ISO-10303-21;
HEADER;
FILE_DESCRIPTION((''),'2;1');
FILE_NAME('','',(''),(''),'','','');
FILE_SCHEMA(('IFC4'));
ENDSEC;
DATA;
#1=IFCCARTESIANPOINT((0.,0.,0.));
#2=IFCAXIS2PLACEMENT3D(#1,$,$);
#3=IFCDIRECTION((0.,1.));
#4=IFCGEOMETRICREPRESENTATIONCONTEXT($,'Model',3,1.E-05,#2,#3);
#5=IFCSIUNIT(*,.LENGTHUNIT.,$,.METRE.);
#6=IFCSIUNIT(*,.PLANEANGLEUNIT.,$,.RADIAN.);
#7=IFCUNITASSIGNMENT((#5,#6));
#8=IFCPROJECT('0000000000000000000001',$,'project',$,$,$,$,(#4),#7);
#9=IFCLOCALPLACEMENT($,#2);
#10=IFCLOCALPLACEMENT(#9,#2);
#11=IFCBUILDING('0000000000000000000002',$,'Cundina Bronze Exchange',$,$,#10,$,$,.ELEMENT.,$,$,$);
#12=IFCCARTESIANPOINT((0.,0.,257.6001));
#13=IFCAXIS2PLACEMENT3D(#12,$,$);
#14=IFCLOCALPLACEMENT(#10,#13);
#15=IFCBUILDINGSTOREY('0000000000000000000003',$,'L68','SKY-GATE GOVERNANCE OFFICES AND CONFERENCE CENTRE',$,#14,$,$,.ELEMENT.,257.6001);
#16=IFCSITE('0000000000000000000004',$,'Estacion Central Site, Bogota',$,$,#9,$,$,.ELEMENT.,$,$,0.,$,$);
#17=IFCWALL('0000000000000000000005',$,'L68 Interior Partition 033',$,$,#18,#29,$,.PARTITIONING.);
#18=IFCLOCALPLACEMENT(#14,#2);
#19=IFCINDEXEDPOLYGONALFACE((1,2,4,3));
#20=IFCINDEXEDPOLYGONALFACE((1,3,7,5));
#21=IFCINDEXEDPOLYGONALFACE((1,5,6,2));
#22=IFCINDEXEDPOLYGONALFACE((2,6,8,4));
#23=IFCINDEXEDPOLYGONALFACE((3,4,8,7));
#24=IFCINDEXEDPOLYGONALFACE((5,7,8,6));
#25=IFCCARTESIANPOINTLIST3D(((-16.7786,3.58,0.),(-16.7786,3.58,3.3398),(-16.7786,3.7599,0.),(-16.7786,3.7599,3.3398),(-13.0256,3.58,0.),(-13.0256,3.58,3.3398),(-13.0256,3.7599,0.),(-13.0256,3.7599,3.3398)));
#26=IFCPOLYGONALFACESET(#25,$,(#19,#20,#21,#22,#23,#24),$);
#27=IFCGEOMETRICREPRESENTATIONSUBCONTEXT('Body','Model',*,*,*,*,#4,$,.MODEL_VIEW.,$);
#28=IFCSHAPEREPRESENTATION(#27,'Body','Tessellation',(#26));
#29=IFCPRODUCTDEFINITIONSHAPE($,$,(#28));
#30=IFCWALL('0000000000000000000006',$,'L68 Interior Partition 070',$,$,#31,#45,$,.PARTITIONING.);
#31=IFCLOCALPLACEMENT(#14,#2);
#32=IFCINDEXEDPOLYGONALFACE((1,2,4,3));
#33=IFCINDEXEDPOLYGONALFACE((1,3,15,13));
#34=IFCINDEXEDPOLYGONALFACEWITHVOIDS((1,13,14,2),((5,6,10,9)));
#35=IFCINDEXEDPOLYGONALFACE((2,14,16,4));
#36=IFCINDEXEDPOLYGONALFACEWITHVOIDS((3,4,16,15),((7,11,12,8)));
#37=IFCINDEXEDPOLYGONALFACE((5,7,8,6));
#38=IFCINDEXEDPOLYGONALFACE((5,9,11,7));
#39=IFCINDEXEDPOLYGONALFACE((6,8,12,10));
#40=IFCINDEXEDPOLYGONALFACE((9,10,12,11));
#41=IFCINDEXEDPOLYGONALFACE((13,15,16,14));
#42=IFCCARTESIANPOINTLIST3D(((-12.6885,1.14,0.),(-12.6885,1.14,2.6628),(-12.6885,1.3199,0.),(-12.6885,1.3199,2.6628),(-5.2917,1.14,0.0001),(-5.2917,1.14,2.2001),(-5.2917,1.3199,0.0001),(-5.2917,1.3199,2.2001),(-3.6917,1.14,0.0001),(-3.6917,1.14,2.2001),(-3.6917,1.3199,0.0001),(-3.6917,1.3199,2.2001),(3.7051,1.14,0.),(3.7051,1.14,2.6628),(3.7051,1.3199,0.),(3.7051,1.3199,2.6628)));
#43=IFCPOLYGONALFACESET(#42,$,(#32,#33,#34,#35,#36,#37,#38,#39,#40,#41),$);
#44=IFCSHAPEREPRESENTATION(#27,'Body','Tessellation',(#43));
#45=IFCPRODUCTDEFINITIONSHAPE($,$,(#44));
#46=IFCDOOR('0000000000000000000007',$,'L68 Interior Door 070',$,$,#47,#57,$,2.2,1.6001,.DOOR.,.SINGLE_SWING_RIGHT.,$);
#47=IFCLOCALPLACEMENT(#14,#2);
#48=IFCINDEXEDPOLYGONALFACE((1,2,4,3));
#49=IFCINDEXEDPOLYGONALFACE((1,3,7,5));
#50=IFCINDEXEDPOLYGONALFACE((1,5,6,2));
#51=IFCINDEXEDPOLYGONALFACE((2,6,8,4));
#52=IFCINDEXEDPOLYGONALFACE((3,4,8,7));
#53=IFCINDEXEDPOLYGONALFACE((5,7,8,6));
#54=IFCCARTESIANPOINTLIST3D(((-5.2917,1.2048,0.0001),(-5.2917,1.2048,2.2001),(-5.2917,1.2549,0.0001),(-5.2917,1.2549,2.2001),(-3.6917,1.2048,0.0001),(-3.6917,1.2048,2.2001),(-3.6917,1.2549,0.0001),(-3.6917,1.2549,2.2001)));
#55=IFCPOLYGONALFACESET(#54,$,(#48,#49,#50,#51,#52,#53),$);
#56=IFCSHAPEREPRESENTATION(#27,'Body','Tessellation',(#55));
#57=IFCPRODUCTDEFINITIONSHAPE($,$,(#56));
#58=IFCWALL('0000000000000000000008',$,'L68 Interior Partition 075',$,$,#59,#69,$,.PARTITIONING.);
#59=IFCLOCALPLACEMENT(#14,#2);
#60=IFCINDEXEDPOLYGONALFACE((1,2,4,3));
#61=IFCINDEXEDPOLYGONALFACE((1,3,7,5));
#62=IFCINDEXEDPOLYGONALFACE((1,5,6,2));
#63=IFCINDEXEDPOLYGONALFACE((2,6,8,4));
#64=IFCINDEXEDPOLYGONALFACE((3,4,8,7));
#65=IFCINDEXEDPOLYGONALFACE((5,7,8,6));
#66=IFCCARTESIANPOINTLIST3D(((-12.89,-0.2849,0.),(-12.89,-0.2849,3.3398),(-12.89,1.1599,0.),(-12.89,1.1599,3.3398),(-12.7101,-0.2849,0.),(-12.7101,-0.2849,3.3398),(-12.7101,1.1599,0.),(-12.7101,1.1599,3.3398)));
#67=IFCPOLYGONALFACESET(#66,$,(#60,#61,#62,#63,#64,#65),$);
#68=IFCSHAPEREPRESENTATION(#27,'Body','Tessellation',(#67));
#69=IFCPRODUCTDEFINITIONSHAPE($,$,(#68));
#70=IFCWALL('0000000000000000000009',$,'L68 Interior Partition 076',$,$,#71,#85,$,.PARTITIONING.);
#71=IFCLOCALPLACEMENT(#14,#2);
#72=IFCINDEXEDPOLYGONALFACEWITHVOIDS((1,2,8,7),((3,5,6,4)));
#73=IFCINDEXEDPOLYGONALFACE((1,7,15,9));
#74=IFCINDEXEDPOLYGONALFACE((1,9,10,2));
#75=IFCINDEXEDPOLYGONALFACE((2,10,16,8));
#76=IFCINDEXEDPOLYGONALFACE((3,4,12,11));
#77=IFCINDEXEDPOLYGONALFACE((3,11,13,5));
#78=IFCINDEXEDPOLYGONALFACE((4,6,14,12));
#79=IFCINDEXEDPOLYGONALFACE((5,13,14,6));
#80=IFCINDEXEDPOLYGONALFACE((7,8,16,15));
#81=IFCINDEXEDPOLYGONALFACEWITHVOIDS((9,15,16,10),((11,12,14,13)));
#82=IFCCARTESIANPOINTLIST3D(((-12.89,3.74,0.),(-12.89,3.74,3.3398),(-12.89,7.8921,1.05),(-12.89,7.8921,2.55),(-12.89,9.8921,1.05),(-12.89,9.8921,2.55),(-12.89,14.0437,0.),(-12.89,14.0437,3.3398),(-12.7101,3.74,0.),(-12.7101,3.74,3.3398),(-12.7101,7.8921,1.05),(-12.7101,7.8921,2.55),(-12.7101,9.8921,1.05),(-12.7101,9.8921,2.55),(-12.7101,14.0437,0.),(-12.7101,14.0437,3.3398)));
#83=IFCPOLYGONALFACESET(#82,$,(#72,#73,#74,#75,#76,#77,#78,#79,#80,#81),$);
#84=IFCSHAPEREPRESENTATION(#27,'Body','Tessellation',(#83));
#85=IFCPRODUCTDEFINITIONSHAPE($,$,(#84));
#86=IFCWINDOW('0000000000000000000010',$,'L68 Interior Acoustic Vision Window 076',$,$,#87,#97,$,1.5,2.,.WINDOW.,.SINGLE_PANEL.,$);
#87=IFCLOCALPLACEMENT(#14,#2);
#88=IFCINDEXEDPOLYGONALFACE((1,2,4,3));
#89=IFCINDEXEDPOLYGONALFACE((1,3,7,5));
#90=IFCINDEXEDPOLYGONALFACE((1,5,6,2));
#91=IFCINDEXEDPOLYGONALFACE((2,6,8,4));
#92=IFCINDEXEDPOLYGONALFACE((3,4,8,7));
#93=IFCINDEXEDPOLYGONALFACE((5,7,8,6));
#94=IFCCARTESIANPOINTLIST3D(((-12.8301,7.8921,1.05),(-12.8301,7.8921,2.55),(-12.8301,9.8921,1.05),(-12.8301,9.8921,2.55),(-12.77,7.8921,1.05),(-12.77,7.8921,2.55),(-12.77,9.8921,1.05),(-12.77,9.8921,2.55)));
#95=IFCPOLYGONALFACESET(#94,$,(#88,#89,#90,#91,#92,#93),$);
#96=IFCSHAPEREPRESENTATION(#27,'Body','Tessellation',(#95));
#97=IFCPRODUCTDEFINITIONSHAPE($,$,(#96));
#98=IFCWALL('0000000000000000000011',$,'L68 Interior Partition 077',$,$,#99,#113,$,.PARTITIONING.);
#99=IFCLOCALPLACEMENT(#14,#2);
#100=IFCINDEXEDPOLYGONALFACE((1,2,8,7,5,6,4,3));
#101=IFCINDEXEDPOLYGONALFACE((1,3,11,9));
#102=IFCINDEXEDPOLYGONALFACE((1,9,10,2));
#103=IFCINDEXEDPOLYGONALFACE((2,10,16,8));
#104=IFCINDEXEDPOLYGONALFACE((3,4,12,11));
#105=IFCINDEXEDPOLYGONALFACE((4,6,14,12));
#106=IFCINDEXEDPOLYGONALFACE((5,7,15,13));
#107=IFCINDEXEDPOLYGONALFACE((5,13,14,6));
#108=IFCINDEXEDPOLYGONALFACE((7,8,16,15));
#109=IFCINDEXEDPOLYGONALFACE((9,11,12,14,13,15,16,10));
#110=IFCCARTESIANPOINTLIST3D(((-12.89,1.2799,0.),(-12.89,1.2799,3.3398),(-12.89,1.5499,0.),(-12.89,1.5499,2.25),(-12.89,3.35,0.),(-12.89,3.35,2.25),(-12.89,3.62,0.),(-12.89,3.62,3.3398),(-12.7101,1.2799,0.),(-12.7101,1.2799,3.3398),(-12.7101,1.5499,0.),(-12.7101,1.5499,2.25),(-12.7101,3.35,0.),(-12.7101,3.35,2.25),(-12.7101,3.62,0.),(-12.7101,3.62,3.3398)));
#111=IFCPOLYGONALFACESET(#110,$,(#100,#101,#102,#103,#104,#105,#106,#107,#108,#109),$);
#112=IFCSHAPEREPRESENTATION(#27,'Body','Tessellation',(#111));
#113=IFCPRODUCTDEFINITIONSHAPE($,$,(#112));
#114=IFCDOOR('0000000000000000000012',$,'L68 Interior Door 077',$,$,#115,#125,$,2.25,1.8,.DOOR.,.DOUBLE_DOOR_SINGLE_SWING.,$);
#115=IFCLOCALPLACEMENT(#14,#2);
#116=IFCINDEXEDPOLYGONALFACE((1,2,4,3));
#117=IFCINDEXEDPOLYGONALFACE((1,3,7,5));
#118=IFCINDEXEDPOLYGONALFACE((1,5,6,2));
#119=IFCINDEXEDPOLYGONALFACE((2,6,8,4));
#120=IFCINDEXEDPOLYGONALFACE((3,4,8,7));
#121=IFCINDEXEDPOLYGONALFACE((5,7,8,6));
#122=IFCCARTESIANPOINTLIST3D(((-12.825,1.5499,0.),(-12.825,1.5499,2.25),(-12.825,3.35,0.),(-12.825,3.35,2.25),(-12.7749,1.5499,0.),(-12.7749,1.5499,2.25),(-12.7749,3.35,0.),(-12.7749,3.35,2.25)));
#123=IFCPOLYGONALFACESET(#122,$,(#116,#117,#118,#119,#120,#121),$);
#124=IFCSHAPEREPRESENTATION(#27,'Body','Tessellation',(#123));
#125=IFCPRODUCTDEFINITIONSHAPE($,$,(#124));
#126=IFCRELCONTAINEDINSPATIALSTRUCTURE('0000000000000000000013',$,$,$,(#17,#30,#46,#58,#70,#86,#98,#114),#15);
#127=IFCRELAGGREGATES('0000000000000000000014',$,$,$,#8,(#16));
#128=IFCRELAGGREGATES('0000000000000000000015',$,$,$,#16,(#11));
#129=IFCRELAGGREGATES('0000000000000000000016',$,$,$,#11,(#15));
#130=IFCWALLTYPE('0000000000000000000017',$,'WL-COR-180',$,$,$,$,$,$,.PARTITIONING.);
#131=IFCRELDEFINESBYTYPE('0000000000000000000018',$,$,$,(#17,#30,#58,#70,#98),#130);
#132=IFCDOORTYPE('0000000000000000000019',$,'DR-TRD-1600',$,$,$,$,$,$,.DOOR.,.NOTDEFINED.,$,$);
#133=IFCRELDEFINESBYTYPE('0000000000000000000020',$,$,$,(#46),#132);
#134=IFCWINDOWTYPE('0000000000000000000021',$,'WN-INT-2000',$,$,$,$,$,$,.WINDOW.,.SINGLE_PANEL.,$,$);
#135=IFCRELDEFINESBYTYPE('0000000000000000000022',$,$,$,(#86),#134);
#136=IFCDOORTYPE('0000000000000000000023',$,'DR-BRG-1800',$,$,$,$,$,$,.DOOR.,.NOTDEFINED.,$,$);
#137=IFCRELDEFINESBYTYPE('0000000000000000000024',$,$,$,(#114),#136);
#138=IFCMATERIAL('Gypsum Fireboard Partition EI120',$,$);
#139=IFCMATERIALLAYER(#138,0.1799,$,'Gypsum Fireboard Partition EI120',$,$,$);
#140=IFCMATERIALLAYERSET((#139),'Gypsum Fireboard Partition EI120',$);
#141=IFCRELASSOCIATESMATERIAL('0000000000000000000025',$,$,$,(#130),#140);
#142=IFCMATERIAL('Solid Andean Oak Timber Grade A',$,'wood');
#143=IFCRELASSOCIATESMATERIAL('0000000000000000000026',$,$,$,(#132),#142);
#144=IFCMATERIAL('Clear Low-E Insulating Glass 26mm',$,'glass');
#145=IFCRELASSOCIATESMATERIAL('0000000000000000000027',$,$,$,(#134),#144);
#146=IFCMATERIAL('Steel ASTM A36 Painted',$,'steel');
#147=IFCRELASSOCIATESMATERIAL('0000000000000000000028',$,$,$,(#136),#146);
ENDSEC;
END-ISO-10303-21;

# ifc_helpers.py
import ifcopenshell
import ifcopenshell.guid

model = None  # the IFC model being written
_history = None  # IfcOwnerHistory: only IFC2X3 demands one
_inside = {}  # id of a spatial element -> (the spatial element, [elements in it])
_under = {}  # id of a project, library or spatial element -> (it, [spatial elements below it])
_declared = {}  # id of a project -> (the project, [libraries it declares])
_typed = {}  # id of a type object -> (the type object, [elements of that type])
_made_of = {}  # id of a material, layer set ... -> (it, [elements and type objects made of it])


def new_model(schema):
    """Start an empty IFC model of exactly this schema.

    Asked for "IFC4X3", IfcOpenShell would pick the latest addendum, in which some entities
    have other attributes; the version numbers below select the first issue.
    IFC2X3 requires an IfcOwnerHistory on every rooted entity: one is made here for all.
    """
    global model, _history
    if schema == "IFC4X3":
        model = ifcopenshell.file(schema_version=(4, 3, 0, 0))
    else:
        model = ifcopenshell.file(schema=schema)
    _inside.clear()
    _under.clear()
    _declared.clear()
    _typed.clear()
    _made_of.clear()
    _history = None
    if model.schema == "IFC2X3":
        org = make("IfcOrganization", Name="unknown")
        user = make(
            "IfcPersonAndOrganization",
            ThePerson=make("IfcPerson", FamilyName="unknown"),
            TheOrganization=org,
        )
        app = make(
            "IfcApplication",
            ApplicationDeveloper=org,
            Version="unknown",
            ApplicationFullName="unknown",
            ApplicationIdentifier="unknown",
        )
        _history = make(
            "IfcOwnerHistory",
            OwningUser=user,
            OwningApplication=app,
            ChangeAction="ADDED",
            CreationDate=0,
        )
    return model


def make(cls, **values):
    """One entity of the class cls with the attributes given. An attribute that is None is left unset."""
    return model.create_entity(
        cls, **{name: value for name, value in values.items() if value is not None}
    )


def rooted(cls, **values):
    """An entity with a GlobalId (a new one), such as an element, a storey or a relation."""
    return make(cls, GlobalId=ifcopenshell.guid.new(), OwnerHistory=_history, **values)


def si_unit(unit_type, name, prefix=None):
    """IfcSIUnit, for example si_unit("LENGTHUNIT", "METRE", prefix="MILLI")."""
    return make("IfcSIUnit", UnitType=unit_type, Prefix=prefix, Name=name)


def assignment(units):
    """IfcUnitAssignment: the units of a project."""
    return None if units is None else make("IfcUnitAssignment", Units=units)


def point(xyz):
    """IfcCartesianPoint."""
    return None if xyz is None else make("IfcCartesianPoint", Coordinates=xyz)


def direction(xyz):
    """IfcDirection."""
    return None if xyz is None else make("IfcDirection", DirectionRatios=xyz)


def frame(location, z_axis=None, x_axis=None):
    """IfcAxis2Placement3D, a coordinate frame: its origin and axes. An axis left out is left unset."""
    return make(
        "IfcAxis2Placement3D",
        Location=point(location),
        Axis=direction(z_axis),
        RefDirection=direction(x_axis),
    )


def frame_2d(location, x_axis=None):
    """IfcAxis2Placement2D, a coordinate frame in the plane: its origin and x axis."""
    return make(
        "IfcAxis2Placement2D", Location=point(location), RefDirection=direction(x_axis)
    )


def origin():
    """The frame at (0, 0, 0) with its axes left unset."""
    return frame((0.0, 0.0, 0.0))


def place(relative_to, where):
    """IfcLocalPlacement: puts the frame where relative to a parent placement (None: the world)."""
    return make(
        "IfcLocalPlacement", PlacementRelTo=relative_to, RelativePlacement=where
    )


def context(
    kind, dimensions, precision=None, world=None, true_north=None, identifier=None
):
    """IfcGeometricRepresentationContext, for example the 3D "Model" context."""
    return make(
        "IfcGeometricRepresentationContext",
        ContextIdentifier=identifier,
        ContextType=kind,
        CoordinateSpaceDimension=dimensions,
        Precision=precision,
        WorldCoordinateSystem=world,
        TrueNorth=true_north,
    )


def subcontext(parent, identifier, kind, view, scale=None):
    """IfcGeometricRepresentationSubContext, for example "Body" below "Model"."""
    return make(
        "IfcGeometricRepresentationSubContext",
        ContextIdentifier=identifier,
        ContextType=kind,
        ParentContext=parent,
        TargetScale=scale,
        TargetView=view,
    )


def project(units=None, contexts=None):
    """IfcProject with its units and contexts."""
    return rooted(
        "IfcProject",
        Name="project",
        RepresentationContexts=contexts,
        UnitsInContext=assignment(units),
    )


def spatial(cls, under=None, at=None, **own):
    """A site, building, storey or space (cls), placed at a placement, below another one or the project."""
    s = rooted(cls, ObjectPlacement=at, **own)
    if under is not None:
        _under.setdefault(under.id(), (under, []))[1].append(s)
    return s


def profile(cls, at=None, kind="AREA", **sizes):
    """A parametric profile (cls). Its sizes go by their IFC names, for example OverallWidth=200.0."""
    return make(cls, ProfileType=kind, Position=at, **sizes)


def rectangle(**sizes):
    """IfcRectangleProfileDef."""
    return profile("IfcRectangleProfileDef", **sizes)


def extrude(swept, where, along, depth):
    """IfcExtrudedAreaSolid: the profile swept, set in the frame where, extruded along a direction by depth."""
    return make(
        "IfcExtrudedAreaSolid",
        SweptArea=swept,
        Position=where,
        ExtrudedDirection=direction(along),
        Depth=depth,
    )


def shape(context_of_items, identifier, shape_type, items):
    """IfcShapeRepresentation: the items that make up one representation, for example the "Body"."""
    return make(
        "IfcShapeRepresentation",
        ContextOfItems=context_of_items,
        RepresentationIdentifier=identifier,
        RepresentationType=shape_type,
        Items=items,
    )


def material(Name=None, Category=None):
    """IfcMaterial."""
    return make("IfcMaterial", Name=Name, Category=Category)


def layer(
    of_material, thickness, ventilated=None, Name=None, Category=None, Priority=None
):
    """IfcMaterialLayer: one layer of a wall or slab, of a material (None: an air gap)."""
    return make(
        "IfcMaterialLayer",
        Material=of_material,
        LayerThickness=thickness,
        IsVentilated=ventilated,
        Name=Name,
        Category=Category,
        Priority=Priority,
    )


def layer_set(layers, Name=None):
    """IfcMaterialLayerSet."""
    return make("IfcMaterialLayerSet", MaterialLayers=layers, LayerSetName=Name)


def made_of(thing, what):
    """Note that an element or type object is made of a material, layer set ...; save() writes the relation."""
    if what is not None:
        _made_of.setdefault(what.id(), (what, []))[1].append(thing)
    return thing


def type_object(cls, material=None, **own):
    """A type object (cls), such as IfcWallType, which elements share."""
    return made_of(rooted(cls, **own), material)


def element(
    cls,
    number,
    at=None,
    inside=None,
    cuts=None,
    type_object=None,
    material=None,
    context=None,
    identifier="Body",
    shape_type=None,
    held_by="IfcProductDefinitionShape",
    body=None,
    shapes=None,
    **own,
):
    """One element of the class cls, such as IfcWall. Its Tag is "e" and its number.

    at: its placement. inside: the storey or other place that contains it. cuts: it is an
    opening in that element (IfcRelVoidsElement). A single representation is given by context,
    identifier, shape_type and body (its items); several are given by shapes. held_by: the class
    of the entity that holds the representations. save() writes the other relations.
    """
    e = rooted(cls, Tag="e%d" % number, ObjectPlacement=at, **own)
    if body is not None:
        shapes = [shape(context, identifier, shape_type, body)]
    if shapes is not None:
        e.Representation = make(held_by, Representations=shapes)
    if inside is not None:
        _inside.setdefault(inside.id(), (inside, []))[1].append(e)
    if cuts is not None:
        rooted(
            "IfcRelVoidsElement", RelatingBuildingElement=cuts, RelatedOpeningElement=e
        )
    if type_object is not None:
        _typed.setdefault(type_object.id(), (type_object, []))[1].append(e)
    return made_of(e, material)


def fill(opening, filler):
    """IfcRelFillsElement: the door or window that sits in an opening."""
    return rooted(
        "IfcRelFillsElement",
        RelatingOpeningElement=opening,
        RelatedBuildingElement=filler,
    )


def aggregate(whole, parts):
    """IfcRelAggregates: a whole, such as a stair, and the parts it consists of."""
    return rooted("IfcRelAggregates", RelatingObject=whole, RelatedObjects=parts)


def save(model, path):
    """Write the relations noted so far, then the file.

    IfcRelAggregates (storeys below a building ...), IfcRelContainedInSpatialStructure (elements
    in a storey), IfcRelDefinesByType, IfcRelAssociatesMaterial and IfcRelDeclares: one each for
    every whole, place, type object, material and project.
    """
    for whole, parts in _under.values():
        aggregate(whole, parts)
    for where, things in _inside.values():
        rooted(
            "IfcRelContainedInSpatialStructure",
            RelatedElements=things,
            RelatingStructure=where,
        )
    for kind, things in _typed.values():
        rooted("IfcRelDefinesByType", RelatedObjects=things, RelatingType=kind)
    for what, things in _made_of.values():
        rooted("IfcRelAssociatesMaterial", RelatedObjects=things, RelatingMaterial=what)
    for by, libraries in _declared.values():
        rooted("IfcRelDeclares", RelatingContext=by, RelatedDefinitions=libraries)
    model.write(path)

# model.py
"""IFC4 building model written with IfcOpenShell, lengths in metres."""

from ifc_helpers import new_model, si_unit, direction, frame, frame_2d, origin, place, context, subcontext, project, spatial, rectangle, extrude, material, layer, layer_set, type_object, element, fill, save


model = new_model("IFC4")

# Units and contexts
model_context = context("Model", 3, precision=1e-05, world=origin(), true_north=direction((0.0, 1.0)))
body_context = subcontext(model_context, "Body", "Model", "MODEL_VIEW")
ifc_project = project(units=[si_unit("LENGTHUNIT", "METRE"), si_unit("PLANEANGLEUNIT", "RADIAN")], contexts=[model_context])

# Site, building, storey
site_placement = place(None, origin())
site = spatial("IfcSite", under=ifc_project, at=site_placement, Name="Estacion Central Site, Bogota", CompositionType="ELEMENT", RefElevation=0.0)
building_placement = place(site_placement, origin())
building = spatial("IfcBuilding", under=site, at=building_placement, Name="Cundina Bronze Exchange", CompositionType="ELEMENT")
storey_placement = place(building_placement, frame((0.0, 0.0, 257.6001)))
storey = spatial("IfcBuildingStorey", under=building, at=storey_placement, Name="L68", Description="SKY-GATE GOVERNANCE OFFICES AND CONFERENCE CENTRE", CompositionType="ELEMENT", Elevation=257.6001)

# Wall
ifc_material_1 = material(Name="Gypsum Fireboard Partition EI120")
ifc_layer = layer(ifc_material_1, 0.1799, Name="Gypsum Fireboard Partition EI120")
ifc_layer_set = layer_set([ifc_layer], Name="Gypsum Fireboard Partition EI120")
wall_type = type_object("IfcWallType", Name="WL-COR-180", PredefinedType="PARTITIONING", material=ifc_layer_set)
wall_1_placement = place(storey_placement, frame((-13.0256, 3.6699, 0.0), z_axis=(0.0, 0.0, 1.0), x_axis=(-1.0, 0.0, 0.0)))
element("IfcWall", 1, at=wall_1_placement, inside=storey, type_object=wall_type, Name="L68 Interior Partition 033", PredefinedType="PARTITIONING", context=body_context, shape_type="SweptSolid", body=[
    extrude(rectangle(XDim=3.7529, YDim=0.1799, at=frame_2d((1.8765, 0.0))), origin(), (0.0, 0.0, 1.0), 3.3398),
])

# Wall, opening, door
wall_2_placement = place(storey_placement, frame((-12.6885, 1.23, 0.0), z_axis=(0.0, 0.0, 1.0), x_axis=(1.0, 0.0, 0.0)))
wall_2 = element("IfcWall", 2, at=wall_2_placement, inside=storey, type_object=wall_type, Name="L68 Interior Partition 070", PredefinedType="PARTITIONING", context=body_context, shape_type="SweptSolid", body=[
    extrude(rectangle(XDim=16.3936, YDim=0.1799, at=frame_2d((8.1968, 0.0))), origin(), (0.0, 0.0, 1.0), 2.6628),
])
opening_1_placement = place(wall_2_placement, frame((7.3967, 0.0, 0.0)))
opening_1 = element("IfcOpeningElement", 3, at=opening_1_placement, cuts=wall_2, PredefinedType="OPENING", context=body_context, shape_type="SweptSolid", body=[
    extrude(rectangle(XDim=1.6001, YDim=2.2, at=frame_2d((0.8, 1.1001))), frame((0.0, 0.0999, 0.0), z_axis=(0.0, -1.0, 0.0), x_axis=(1.0, 0.0, 0.0)), (0.0, 0.0, 1.0), 0.2),
])
ifc_material_2 = material(Name="Solid Andean Oak Timber Grade A", Category="wood")
door_type_1 = type_object("IfcDoorType", Name="DR-TRD-1600", OperationType="NOTDEFINED", PredefinedType="DOOR", material=ifc_material_2)
door_1_placement = place(opening_1_placement, origin())
door_1 = element("IfcDoor", 4, at=door_1_placement, inside=storey, type_object=door_type_1, Name="L68 Interior Door 070", OperationType="SINGLE_SWING_RIGHT", OverallHeight=2.2, OverallWidth=1.6001, PredefinedType="DOOR", context=body_context, shape_type="SweptSolid", body=[
    extrude(rectangle(XDim=1.6001, YDim=2.2, at=frame_2d((0.8, 1.1001))), frame((0.0, 0.0249, 0.0), z_axis=(0.0, -1.0, 0.0), x_axis=(1.0, 0.0, 0.0)), (0.0, 0.0, 1.0), 0.05),
])
fill(opening_1, door_1)

# Wall
wall_3_placement = place(storey_placement, frame((-12.8, -0.2849, 0.0), z_axis=(0.0, 0.0, 1.0), x_axis=(0.0, 1.0, 0.0)))
element("IfcWall", 5, at=wall_3_placement, inside=storey, type_object=wall_type, Name="L68 Interior Partition 075", PredefinedType="PARTITIONING", context=body_context, shape_type="SweptSolid", body=[
    extrude(rectangle(XDim=1.4448, YDim=0.1799, at=frame_2d((0.7224, 0.0))), origin(), (0.0, 0.0, 1.0), 3.3398),
])

# Wall, opening, window
wall_4_placement = place(storey_placement, frame((-12.8, 3.74, 0.0), z_axis=(0.0, 0.0, 1.0), x_axis=(0.0, 1.0, 0.0)))
wall_4 = element("IfcWall", 6, at=wall_4_placement, inside=storey, type_object=wall_type, Name="L68 Interior Partition 076", PredefinedType="PARTITIONING", context=body_context, shape_type="SweptSolid", body=[
    extrude(rectangle(XDim=10.3037, YDim=0.1799, at=frame_2d((5.1519, 0.0))), origin(), (0.0, 0.0, 1.0), 3.3398),
])
opening_2_placement = place(wall_4_placement, frame((4.1521, 0.0, 1.05)))
opening_2 = element("IfcOpeningElement", 7, at=opening_2_placement, cuts=wall_4, PredefinedType="OPENING", context=body_context, shape_type="SweptSolid", body=[
    extrude(rectangle(XDim=2.0, YDim=1.5, at=frame_2d((1.0, 0.75))), frame((0.0, 0.0999, 0.0), z_axis=(0.0, -1.0, 0.0), x_axis=(1.0, 0.0, 0.0)), (0.0, 0.0, 1.0), 0.2),
])
ifc_material_3 = material(Name="Clear Low-E Insulating Glass 26mm", Category="glass")
window_type = type_object("IfcWindowType", Name="WN-INT-2000", PartitioningType="SINGLE_PANEL", PredefinedType="WINDOW", material=ifc_material_3)
window_placement = place(opening_2_placement, origin())
window = element("IfcWindow", 8, at=window_placement, inside=storey, type_object=window_type, Name="L68 Interior Acoustic Vision Window 076", OverallHeight=1.5, OverallWidth=2.0, PartitioningType="SINGLE_PANEL", PredefinedType="WINDOW", context=body_context, shape_type="SweptSolid", body=[
    extrude(rectangle(XDim=2.0, YDim=1.5, at=frame_2d((1.0, 0.75))), frame((0.0, 0.03, 0.0), z_axis=(0.0, -1.0, 0.0), x_axis=(1.0, 0.0, 0.0)), (0.0, 0.0, 1.0), 0.0601),
])
fill(opening_2, window)

# Wall, opening, door
wall_5_placement = place(storey_placement, frame((-12.8, 1.28, 0.0), z_axis=(0.0, 0.0, 1.0), x_axis=(0.0, 1.0, 0.0)))
wall_5 = element("IfcWall", 9, at=wall_5_placement, inside=storey, type_object=wall_type, Name="L68 Interior Partition 077", PredefinedType="PARTITIONING", context=body_context, shape_type="SweptSolid", body=[
    extrude(rectangle(XDim=2.3401, YDim=0.1799, at=frame_2d((1.1699, 0.0))), origin(), (0.0, 0.0, 1.0), 3.3398),
])
opening_3_placement = place(wall_5_placement, frame((0.27, 0.0, 0.0)))
opening_3 = element("IfcOpeningElement", 10, at=opening_3_placement, cuts=wall_5, PredefinedType="OPENING", context=body_context, shape_type="SweptSolid", body=[
    extrude(rectangle(XDim=1.8, YDim=2.25, at=frame_2d((0.8999, 1.125))), frame((0.0, 0.0999, 0.0), z_axis=(0.0, -1.0, 0.0), x_axis=(1.0, 0.0, 0.0)), (0.0, 0.0, 1.0), 0.2),
])
ifc_material_4 = material(Name="Steel ASTM A36 Painted", Category="steel")
door_type_2 = type_object("IfcDoorType", Name="DR-BRG-1800", OperationType="NOTDEFINED", PredefinedType="DOOR", material=ifc_material_4)
door_2_placement = place(opening_3_placement, origin())
door_2 = element("IfcDoor", 11, at=door_2_placement, inside=storey, type_object=door_type_2, Name="L68 Interior Door 077", OperationType="DOUBLE_DOOR_SINGLE_SWING", OverallHeight=2.25, OverallWidth=1.8, PredefinedType="DOOR", context=body_context, shape_type="SweptSolid", body=[
    extrude(rectangle(XDim=1.8, YDim=2.25, at=frame_2d((0.8999, 1.125))), frame((0.0, 0.0249, 0.0), z_axis=(0.0, -1.0, 0.0), x_axis=(1.0, 0.0, 0.0)), (0.0, 0.0, 1.0), 0.05),
])
fill(opening_3, door_2)

save(model, "model.ifc")
